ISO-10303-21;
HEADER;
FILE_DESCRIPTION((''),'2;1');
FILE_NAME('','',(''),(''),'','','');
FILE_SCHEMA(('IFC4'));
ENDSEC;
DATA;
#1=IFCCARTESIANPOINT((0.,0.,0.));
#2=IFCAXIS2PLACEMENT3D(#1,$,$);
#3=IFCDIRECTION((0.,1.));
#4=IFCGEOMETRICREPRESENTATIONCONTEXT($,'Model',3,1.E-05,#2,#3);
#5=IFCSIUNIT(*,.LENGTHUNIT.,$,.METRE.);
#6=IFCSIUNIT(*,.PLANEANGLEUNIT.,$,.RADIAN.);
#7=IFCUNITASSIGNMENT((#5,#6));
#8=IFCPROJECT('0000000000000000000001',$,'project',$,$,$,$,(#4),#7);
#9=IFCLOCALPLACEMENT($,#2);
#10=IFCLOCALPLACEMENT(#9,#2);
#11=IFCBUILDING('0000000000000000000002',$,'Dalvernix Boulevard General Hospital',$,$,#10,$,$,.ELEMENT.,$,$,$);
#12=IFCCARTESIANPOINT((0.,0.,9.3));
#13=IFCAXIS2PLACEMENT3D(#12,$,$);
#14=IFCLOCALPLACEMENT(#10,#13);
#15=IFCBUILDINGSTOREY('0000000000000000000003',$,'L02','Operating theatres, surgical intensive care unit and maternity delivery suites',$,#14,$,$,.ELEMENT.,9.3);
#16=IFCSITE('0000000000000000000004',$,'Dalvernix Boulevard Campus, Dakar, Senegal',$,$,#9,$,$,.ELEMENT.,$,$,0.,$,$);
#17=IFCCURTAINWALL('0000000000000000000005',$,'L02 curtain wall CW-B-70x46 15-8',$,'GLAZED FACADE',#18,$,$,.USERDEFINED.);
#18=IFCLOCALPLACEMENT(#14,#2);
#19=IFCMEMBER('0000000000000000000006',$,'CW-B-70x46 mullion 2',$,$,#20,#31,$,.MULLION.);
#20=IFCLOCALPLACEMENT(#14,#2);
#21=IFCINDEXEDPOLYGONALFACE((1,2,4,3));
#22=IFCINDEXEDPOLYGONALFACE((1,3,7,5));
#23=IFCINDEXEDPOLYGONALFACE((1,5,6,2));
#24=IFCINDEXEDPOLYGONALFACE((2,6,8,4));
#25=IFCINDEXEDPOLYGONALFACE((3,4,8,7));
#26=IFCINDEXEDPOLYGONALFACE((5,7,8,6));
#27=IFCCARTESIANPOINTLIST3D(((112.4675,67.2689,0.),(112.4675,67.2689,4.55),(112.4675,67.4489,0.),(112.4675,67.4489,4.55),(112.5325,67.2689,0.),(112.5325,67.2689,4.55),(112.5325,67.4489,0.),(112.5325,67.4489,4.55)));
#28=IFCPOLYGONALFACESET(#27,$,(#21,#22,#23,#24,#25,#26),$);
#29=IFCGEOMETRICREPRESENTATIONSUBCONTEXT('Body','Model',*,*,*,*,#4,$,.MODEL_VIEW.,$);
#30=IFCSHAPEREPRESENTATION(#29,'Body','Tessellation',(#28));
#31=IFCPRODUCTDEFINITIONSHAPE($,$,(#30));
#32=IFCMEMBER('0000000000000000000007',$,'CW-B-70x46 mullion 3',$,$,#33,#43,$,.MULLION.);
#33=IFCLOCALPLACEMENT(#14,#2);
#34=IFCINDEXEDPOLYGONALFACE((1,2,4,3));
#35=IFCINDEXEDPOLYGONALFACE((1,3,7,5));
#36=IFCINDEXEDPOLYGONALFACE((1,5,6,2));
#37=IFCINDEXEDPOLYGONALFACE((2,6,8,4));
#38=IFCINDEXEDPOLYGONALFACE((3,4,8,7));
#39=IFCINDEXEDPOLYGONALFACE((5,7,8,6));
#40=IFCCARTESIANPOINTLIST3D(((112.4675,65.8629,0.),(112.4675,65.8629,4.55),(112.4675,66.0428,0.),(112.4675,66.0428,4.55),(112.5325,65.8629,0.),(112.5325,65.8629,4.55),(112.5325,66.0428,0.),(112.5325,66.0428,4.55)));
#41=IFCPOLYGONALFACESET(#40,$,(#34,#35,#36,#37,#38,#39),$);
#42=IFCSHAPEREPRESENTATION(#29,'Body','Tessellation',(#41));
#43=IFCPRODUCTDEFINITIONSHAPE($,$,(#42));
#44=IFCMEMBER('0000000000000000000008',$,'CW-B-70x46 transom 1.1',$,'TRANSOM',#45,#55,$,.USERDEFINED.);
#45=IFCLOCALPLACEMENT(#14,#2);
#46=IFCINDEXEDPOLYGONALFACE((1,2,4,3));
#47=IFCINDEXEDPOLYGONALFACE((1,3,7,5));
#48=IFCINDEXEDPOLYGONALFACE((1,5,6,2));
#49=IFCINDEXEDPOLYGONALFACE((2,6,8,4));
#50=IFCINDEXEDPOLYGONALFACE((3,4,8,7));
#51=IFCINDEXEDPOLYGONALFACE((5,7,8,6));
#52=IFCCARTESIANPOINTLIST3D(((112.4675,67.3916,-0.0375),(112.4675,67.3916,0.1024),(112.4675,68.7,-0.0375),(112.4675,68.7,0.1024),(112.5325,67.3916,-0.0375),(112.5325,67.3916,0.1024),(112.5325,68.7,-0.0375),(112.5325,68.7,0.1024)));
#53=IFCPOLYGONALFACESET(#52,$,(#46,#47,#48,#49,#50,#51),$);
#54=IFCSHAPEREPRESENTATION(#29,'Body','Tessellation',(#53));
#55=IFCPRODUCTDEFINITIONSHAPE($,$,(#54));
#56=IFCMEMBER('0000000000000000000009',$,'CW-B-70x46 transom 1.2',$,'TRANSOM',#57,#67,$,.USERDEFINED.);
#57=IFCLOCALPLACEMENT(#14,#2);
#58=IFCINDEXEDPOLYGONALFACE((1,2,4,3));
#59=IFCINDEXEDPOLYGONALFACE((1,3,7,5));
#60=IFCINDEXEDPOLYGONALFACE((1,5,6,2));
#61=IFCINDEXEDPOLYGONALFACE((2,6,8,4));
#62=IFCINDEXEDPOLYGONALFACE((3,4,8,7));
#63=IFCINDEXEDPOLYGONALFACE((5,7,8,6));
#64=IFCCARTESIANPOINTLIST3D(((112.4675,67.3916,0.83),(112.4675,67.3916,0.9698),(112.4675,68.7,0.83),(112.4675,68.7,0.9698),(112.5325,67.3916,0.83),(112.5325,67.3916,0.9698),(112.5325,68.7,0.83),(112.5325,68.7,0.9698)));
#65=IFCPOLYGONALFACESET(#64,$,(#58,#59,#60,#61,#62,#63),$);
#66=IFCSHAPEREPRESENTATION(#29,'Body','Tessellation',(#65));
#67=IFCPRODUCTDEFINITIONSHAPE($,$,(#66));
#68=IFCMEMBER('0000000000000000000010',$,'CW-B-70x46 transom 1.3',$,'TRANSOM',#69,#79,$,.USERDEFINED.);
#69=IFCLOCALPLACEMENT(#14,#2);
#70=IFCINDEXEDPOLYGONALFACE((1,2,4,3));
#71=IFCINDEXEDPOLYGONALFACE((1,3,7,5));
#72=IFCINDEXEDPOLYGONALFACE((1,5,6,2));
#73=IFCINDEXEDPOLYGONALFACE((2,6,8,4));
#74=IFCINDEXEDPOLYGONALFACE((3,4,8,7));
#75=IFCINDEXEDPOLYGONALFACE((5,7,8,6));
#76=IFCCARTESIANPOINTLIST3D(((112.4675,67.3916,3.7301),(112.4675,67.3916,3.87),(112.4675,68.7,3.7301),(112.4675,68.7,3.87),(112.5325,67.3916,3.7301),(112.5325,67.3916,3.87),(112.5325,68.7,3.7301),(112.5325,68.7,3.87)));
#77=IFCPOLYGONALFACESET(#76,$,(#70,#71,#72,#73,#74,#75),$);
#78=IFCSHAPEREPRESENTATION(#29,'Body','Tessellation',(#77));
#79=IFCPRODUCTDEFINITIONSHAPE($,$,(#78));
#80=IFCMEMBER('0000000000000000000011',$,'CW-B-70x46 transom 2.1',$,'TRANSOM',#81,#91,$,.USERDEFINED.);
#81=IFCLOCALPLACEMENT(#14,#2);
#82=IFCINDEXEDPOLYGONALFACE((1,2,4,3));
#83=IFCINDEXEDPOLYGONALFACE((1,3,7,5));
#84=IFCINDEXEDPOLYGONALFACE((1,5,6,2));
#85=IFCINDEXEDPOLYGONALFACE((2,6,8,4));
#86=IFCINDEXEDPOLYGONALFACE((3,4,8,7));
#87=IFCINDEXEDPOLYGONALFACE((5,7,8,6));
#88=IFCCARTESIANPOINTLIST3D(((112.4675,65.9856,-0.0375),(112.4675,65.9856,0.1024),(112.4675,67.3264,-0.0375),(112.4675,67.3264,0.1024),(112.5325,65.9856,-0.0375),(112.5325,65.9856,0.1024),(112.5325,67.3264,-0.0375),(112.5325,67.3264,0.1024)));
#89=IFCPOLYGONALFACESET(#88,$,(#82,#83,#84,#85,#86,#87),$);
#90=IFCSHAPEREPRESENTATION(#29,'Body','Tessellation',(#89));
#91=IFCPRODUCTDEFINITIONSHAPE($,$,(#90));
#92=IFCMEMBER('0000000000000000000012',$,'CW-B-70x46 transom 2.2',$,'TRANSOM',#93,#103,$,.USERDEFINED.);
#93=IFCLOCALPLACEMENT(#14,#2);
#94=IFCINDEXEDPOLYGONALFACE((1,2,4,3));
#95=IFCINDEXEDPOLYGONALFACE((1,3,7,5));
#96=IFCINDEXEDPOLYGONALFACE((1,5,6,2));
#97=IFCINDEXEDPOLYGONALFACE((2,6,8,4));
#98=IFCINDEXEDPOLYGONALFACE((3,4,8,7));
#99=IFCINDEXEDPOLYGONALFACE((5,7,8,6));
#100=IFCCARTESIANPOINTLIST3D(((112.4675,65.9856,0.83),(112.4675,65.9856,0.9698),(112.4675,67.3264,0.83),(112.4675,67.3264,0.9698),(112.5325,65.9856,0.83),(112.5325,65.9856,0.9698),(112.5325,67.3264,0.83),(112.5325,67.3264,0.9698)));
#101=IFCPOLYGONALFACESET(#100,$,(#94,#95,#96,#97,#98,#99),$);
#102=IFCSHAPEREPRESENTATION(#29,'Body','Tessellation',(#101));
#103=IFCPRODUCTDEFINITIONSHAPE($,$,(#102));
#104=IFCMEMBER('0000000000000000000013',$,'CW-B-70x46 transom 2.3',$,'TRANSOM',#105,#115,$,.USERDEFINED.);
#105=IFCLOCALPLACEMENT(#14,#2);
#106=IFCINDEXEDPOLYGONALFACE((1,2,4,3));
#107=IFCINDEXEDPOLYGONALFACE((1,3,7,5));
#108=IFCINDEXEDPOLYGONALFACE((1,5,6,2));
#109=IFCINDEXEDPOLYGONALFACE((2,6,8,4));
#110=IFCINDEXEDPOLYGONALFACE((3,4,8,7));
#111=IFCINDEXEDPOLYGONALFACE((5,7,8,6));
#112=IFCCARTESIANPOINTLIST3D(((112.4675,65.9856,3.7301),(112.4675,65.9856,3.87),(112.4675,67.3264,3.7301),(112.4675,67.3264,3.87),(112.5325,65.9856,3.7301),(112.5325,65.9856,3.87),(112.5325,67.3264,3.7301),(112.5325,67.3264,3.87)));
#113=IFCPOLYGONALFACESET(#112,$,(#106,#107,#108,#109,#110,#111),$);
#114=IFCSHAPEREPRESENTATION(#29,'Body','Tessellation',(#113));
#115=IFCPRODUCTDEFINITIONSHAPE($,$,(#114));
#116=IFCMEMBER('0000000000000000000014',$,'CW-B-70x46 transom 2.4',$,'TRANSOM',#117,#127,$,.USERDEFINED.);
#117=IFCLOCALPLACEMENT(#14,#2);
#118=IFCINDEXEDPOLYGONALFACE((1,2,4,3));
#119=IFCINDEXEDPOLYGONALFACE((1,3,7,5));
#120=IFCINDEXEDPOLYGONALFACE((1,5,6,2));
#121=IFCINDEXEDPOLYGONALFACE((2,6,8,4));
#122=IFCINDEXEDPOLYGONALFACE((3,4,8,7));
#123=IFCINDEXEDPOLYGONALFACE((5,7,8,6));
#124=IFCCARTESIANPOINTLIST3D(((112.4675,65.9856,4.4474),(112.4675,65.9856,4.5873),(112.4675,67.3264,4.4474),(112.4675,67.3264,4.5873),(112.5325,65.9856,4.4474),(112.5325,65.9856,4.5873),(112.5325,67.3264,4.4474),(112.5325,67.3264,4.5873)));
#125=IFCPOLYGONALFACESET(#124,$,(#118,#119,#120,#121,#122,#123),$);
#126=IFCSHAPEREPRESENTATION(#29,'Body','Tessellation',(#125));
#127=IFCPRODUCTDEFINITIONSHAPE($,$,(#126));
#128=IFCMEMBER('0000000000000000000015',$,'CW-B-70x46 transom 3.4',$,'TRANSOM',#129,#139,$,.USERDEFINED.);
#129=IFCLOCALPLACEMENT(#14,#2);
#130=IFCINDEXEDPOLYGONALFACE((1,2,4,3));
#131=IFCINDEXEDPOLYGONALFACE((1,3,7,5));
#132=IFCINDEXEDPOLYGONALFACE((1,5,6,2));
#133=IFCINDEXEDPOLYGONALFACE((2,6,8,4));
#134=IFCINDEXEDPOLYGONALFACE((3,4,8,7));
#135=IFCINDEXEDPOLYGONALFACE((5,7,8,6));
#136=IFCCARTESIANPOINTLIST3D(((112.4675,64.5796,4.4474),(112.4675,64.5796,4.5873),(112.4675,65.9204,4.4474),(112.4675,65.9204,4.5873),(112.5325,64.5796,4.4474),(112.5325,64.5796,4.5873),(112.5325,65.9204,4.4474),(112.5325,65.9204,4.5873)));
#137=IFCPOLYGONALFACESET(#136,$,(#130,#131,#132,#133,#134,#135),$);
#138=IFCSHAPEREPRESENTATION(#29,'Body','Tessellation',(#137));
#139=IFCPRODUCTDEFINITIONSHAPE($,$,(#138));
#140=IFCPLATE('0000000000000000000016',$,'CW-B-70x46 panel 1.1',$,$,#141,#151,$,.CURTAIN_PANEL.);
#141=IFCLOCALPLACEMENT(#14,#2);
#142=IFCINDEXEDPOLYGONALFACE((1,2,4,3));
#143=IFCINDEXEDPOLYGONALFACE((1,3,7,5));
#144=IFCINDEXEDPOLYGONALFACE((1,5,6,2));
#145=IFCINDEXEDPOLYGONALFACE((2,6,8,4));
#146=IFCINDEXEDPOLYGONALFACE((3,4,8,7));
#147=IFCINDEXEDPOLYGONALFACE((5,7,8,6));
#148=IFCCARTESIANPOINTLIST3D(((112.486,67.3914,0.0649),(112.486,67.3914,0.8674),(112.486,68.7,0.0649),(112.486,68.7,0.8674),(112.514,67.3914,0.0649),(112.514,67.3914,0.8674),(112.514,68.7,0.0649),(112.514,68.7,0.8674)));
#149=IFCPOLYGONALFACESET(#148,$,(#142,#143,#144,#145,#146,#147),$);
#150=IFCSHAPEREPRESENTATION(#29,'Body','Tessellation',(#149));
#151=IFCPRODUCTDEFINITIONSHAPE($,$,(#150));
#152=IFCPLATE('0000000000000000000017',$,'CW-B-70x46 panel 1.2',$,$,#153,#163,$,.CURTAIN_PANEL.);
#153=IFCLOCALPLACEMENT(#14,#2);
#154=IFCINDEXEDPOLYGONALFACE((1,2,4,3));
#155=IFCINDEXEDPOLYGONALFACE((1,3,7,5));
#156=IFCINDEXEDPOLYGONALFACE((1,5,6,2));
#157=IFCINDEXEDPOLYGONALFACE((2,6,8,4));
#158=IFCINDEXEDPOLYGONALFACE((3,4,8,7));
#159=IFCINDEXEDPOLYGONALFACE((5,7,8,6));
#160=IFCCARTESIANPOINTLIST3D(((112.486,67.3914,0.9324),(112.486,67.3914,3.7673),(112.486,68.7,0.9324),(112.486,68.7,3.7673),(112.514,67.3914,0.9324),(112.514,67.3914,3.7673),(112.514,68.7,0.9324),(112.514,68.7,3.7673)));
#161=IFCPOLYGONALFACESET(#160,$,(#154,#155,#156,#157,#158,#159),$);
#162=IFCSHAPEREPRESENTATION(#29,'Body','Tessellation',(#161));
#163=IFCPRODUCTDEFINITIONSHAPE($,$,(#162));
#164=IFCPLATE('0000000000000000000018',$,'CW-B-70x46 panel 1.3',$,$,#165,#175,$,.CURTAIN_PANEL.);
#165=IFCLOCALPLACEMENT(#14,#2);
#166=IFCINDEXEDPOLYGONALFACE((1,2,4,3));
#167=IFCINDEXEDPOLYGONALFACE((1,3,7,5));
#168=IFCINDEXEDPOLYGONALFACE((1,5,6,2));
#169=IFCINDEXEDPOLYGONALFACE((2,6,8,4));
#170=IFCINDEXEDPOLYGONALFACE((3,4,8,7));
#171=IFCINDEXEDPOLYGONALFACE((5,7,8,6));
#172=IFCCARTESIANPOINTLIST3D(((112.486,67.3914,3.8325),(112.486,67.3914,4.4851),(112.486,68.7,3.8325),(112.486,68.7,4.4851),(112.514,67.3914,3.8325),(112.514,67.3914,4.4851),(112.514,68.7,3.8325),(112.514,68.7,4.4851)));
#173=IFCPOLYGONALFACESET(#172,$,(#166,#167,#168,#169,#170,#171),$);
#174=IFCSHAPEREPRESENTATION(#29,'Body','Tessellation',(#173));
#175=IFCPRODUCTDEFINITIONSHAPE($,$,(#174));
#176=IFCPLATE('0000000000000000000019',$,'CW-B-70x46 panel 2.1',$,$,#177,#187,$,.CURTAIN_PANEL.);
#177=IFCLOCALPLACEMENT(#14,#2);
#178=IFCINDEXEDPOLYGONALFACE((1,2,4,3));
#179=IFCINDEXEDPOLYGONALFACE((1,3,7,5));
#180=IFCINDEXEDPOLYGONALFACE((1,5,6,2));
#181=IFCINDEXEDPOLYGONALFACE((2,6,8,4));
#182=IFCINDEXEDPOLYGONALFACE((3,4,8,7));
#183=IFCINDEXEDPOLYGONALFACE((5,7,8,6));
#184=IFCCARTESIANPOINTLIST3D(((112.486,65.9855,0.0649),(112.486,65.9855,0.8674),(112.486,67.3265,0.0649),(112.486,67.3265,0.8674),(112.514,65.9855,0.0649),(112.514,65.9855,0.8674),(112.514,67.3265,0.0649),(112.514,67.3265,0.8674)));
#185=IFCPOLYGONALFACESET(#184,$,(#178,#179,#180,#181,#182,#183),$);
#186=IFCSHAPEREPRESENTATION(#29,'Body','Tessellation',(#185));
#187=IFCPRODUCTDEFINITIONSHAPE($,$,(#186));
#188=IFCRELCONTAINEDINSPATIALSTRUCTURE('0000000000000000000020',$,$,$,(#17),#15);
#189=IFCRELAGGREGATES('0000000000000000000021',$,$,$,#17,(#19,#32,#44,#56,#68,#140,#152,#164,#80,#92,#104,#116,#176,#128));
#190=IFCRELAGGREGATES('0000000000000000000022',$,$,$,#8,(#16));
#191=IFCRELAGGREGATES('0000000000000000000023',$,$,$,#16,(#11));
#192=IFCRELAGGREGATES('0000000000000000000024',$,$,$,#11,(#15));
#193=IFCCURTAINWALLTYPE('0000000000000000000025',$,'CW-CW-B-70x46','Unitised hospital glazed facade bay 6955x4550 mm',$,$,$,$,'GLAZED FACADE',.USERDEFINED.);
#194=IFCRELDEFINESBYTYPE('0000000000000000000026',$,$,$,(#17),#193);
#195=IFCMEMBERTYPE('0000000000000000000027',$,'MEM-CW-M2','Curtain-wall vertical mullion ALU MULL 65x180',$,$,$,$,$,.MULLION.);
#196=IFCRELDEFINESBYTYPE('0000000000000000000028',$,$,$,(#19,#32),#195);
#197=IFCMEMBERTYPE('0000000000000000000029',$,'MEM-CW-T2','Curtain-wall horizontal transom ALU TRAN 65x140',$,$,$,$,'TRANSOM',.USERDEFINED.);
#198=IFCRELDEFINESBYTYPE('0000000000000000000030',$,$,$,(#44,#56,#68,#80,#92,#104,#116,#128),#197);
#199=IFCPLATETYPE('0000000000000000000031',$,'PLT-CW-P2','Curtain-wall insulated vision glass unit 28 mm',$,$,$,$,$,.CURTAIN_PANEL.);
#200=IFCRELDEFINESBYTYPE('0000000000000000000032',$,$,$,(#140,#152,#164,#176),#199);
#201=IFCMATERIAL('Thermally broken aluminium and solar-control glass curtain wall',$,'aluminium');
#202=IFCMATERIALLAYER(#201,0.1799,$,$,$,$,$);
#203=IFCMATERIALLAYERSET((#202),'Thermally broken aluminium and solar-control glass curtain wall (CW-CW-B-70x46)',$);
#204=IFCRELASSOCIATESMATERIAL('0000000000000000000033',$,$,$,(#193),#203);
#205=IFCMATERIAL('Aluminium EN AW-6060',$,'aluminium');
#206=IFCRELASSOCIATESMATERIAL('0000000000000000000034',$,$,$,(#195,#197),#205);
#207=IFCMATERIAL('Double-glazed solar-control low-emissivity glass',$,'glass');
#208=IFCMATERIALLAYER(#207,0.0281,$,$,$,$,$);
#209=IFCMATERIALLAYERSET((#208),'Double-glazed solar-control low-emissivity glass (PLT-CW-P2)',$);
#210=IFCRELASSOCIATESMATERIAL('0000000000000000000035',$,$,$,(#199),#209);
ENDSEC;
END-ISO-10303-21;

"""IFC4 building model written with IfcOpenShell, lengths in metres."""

from ifc_helpers import new_model, si_unit, direction, frame, origin, origin_2d, place, context, subcontext, project, spatial, rectangle, extrude, material, layer, layer_set, material_profile, profile_set, type_object, element, aggregate, save


model = new_model("IFC4")

# Units and contexts
model_context = context("Model", 3, precision=1e-05, world=origin(), true_north=direction((0.0, 1.0)))
body_context = subcontext(model_context, "Body", "Model", "MODEL_VIEW")
ifc_project = project(units=[si_unit("LENGTHUNIT", "METRE"), si_unit("PLANEANGLEUNIT", "RADIAN")], contexts=[model_context])

# Site, building, storey
site_placement = place(None, origin())
site = spatial("IfcSite", under=ifc_project, at=site_placement, Name="Dalvernix Boulevard Campus, Dakar, Senegal", CompositionType="ELEMENT", RefElevation=0.0)
building_placement = place(site_placement, origin())
building = spatial("IfcBuilding", under=site, at=building_placement, Name="Dalvernix Boulevard General Hospital", CompositionType="ELEMENT")
storey_placement = place(building_placement, frame((0.0, 0.0, 9.3)))
storey = spatial("IfcBuildingStorey", under=building, at=storey_placement, Name="L02", Description="Operating theatres, surgical intensive care unit and maternity delivery suites", CompositionType="ELEMENT", Elevation=9.3)

# Curtain wall, members, plates
ifc_material_1 = material(Name="Thermally broken aluminium and solar-control glass curtain wall", Category="aluminium")
ifc_layer_1 = layer(ifc_material_1, 0.1799)
ifc_layer_set_1 = layer_set([ifc_layer_1], Name="Thermally broken aluminium and solar-control glass curtain wall (CW-CW-B-70x46)")
curtain_wall_type = type_object("IfcCurtainWallType", Name="CW-CW-B-70x46", Description="Unitised hospital glazed facade bay 6955x4550 mm", ElementType="GLAZED FACADE", PredefinedType="USERDEFINED", material=ifc_layer_set_1)
curtain_wall_placement = place(storey_placement, origin())
curtain_wall = element("IfcCurtainWall", 1, at=curtain_wall_placement, inside=storey, type_object=curtain_wall_type, Name="L02 curtain wall CW-B-70x46 15-8", ObjectType="GLAZED FACADE", PredefinedType="USERDEFINED")
ifc_material_2 = material(Name="Aluminium EN AW-6060", Category="aluminium")
ifc_material_profile_1 = material_profile(ifc_material_2, rectangle(XDim=0.0649, YDim=0.1799, at=origin_2d()), Name="ALU MULL 65x180")
ifc_profile_set_1 = profile_set([ifc_material_profile_1], Name="Aluminium EN AW-6060")
member_type_1 = type_object("IfcMemberType", Name="MEM-CW-M2", Description="Curtain-wall vertical mullion ALU MULL 65x180", PredefinedType="MULLION", material=ifc_profile_set_1)
member_1_placement = place(storey_placement, frame((112.5, 67.3589, 0.0), z_axis=(0.0, 0.0, 1.0), x_axis=(1.0, 0.0, 0.0)))
member_1 = element("IfcMember", 2, at=member_1_placement, type_object=member_type_1, Name="CW-B-70x46 mullion 2", PredefinedType="MULLION", context=body_context, shape_type="SweptSolid", body=[
    extrude(rectangle(XDim=0.0649, YDim=0.1799, at=origin_2d()), origin(), (0.0, 0.0, 1.0), 4.55),
])
member_2_placement = place(storey_placement, frame((112.5, 65.9529, 0.0), z_axis=(0.0, 0.0, 1.0), x_axis=(1.0, 0.0, 0.0)))
member_2 = element("IfcMember", 3, at=member_2_placement, type_object=member_type_1, Name="CW-B-70x46 mullion 3", PredefinedType="MULLION", context=body_context, shape_type="SweptSolid", body=[
    extrude(rectangle(XDim=0.0649, YDim=0.1799, at=origin_2d()), origin(), (0.0, 0.0, 1.0), 4.55),
])
ifc_material_profile_2 = material_profile(ifc_material_2, rectangle(XDim=0.0649, YDim=0.1399, at=origin_2d()), Name="ALU TRAN 65x140")
ifc_profile_set_2 = profile_set([ifc_material_profile_2], Name="Aluminium EN AW-6060")
member_type_2 = type_object("IfcMemberType", Name="MEM-CW-T2", Description="Curtain-wall horizontal transom ALU TRAN 65x140", ElementType="TRANSOM", PredefinedType="USERDEFINED", material=ifc_profile_set_2)
member_3_placement = place(storey_placement, frame((112.5, 68.7, 0.0325), z_axis=(0.0, -1.0, 0.0), x_axis=(1.0, 0.0, 0.0)))
member_3 = element("IfcMember", 4, at=member_3_placement, type_object=member_type_2, Name="CW-B-70x46 transom 1.1", ObjectType="TRANSOM", PredefinedType="USERDEFINED", context=body_context, shape_type="SweptSolid", body=[
    extrude(rectangle(XDim=0.0649, YDim=0.1399, at=origin_2d()), origin(), (0.0, 0.0, 1.0), 1.3083),
])
member_4_placement = place(storey_placement, frame((112.5, 68.7, 0.8999), z_axis=(0.0, -1.0, 0.0), x_axis=(1.0, 0.0, 0.0)))
member_4 = element("IfcMember", 5, at=member_4_placement, type_object=member_type_2, Name="CW-B-70x46 transom 1.2", ObjectType="TRANSOM", PredefinedType="USERDEFINED", context=body_context, shape_type="SweptSolid", body=[
    extrude(rectangle(XDim=0.0649, YDim=0.1399, at=origin_2d()), origin(), (0.0, 0.0, 1.0), 1.3083),
])
member_5_placement = place(storey_placement, frame((112.5, 68.7, 3.8), z_axis=(0.0, -1.0, 0.0), x_axis=(1.0, 0.0, 0.0)))
member_5 = element("IfcMember", 6, at=member_5_placement, type_object=member_type_2, Name="CW-B-70x46 transom 1.3", ObjectType="TRANSOM", PredefinedType="USERDEFINED", context=body_context, shape_type="SweptSolid", body=[
    extrude(rectangle(XDim=0.0649, YDim=0.1399, at=origin_2d()), origin(), (0.0, 0.0, 1.0), 1.3083),
])
member_6_placement = place(storey_placement, frame((112.5, 67.3264, 0.0325), z_axis=(0.0, -1.0, 0.0), x_axis=(1.0, 0.0, 0.0)))
member_6 = element("IfcMember", 7, at=member_6_placement, type_object=member_type_2, Name="CW-B-70x46 transom 2.1", ObjectType="TRANSOM", PredefinedType="USERDEFINED", context=body_context, shape_type="SweptSolid", body=[
    extrude(rectangle(XDim=0.0649, YDim=0.1399, at=origin_2d()), origin(), (0.0, 0.0, 1.0), 1.3408),
])
member_7_placement = place(storey_placement, frame((112.5, 67.3264, 0.8999), z_axis=(0.0, -1.0, 0.0), x_axis=(1.0, 0.0, 0.0)))
member_7 = element("IfcMember", 8, at=member_7_placement, type_object=member_type_2, Name="CW-B-70x46 transom 2.2", ObjectType="TRANSOM", PredefinedType="USERDEFINED", context=body_context, shape_type="SweptSolid", body=[
    extrude(rectangle(XDim=0.0649, YDim=0.1399, at=origin_2d()), origin(), (0.0, 0.0, 1.0), 1.3408),
])
member_8_placement = place(storey_placement, frame((112.5, 67.3264, 3.8), z_axis=(0.0, -1.0, 0.0), x_axis=(1.0, 0.0, 0.0)))
member_8 = element("IfcMember", 9, at=member_8_placement, type_object=member_type_2, Name="CW-B-70x46 transom 2.3", ObjectType="TRANSOM", PredefinedType="USERDEFINED", context=body_context, shape_type="SweptSolid", body=[
    extrude(rectangle(XDim=0.0649, YDim=0.1399, at=origin_2d()), origin(), (0.0, 0.0, 1.0), 1.3408),
])
member_9_placement = place(storey_placement, frame((112.5, 67.3264, 4.5173), z_axis=(0.0, -1.0, 0.0), x_axis=(1.0, 0.0, 0.0)))
member_9 = element("IfcMember", 10, at=member_9_placement, type_object=member_type_2, Name="CW-B-70x46 transom 2.4", ObjectType="TRANSOM", PredefinedType="USERDEFINED", context=body_context, shape_type="SweptSolid", body=[
    extrude(rectangle(XDim=0.0649, YDim=0.1399, at=origin_2d()), origin(), (0.0, 0.0, 1.0), 1.3408),
])
member_10_placement = place(storey_placement, frame((112.5, 65.9204, 4.5173), z_axis=(0.0, -1.0, 0.0), x_axis=(1.0, 0.0, 0.0)))
member_10 = element("IfcMember", 11, at=member_10_placement, type_object=member_type_2, Name="CW-B-70x46 transom 3.4", ObjectType="TRANSOM", PredefinedType="USERDEFINED", context=body_context, shape_type="SweptSolid", body=[
    extrude(rectangle(XDim=0.0649, YDim=0.1399, at=origin_2d()), origin(), (0.0, 0.0, 1.0), 1.3408),
])
ifc_material_3 = material(Name="Double-glazed solar-control low-emissivity glass", Category="glass")
ifc_layer_2 = layer(ifc_material_3, 0.0281)
ifc_layer_set_2 = layer_set([ifc_layer_2], Name="Double-glazed solar-control low-emissivity glass (PLT-CW-P2)")
plate_type = type_object("IfcPlateType", Name="PLT-CW-P2", Description="Curtain-wall insulated vision glass unit 28 mm", PredefinedType="CURTAIN_PANEL", material=ifc_layer_set_2)
plate_1_placement = place(storey_placement, frame((112.5, 68.0457, 0.0649), z_axis=(0.0, 0.0, 1.0), x_axis=(0.0, -1.0, 0.0)))
plate_1 = element("IfcPlate", 12, at=plate_1_placement, type_object=plate_type, Name="CW-B-70x46 panel 1.1", PredefinedType="CURTAIN_PANEL", context=body_context, shape_type="SweptSolid", body=[
    extrude(rectangle(XDim=1.3086, YDim=0.0281, at=origin_2d()), origin(), (0.0, 0.0, 1.0), 0.8025),
])
plate_2_placement = place(storey_placement, frame((112.5, 68.0457, 0.9324), z_axis=(0.0, 0.0, 1.0), x_axis=(0.0, -1.0, 0.0)))
plate_2 = element("IfcPlate", 13, at=plate_2_placement, type_object=plate_type, Name="CW-B-70x46 panel 1.2", PredefinedType="CURTAIN_PANEL", context=body_context, shape_type="SweptSolid", body=[
    extrude(rectangle(XDim=1.3086, YDim=0.0281, at=origin_2d()), origin(), (0.0, 0.0, 1.0), 2.835),
])
plate_3_placement = place(storey_placement, frame((112.5, 68.0457, 3.8325), z_axis=(0.0, 0.0, 1.0), x_axis=(0.0, -1.0, 0.0)))
plate_3 = element("IfcPlate", 14, at=plate_3_placement, type_object=plate_type, Name="CW-B-70x46 panel 1.3", PredefinedType="CURTAIN_PANEL", context=body_context, shape_type="SweptSolid", body=[
    extrude(rectangle(XDim=1.3086, YDim=0.0281, at=origin_2d()), origin(), (0.0, 0.0, 1.0), 0.6526),
])
plate_4_placement = place(storey_placement, frame((112.5, 66.656, 0.0649), z_axis=(0.0, 0.0, 1.0), x_axis=(0.0, -1.0, 0.0)))
plate_4 = element("IfcPlate", 15, at=plate_4_placement, type_object=plate_type, Name="CW-B-70x46 panel 2.1", PredefinedType="CURTAIN_PANEL", context=body_context, shape_type="SweptSolid", body=[
    extrude(rectangle(XDim=1.3411, YDim=0.0281, at=origin_2d()), origin(), (0.0, 0.0, 1.0), 0.8025),
])
aggregate(curtain_wall, [member_1, member_2, member_3, member_4, member_5, plate_1, plate_2, plate_3, member_6, member_7, member_8, member_9, plate_4, member_10])

save(model, "model.ifc")
